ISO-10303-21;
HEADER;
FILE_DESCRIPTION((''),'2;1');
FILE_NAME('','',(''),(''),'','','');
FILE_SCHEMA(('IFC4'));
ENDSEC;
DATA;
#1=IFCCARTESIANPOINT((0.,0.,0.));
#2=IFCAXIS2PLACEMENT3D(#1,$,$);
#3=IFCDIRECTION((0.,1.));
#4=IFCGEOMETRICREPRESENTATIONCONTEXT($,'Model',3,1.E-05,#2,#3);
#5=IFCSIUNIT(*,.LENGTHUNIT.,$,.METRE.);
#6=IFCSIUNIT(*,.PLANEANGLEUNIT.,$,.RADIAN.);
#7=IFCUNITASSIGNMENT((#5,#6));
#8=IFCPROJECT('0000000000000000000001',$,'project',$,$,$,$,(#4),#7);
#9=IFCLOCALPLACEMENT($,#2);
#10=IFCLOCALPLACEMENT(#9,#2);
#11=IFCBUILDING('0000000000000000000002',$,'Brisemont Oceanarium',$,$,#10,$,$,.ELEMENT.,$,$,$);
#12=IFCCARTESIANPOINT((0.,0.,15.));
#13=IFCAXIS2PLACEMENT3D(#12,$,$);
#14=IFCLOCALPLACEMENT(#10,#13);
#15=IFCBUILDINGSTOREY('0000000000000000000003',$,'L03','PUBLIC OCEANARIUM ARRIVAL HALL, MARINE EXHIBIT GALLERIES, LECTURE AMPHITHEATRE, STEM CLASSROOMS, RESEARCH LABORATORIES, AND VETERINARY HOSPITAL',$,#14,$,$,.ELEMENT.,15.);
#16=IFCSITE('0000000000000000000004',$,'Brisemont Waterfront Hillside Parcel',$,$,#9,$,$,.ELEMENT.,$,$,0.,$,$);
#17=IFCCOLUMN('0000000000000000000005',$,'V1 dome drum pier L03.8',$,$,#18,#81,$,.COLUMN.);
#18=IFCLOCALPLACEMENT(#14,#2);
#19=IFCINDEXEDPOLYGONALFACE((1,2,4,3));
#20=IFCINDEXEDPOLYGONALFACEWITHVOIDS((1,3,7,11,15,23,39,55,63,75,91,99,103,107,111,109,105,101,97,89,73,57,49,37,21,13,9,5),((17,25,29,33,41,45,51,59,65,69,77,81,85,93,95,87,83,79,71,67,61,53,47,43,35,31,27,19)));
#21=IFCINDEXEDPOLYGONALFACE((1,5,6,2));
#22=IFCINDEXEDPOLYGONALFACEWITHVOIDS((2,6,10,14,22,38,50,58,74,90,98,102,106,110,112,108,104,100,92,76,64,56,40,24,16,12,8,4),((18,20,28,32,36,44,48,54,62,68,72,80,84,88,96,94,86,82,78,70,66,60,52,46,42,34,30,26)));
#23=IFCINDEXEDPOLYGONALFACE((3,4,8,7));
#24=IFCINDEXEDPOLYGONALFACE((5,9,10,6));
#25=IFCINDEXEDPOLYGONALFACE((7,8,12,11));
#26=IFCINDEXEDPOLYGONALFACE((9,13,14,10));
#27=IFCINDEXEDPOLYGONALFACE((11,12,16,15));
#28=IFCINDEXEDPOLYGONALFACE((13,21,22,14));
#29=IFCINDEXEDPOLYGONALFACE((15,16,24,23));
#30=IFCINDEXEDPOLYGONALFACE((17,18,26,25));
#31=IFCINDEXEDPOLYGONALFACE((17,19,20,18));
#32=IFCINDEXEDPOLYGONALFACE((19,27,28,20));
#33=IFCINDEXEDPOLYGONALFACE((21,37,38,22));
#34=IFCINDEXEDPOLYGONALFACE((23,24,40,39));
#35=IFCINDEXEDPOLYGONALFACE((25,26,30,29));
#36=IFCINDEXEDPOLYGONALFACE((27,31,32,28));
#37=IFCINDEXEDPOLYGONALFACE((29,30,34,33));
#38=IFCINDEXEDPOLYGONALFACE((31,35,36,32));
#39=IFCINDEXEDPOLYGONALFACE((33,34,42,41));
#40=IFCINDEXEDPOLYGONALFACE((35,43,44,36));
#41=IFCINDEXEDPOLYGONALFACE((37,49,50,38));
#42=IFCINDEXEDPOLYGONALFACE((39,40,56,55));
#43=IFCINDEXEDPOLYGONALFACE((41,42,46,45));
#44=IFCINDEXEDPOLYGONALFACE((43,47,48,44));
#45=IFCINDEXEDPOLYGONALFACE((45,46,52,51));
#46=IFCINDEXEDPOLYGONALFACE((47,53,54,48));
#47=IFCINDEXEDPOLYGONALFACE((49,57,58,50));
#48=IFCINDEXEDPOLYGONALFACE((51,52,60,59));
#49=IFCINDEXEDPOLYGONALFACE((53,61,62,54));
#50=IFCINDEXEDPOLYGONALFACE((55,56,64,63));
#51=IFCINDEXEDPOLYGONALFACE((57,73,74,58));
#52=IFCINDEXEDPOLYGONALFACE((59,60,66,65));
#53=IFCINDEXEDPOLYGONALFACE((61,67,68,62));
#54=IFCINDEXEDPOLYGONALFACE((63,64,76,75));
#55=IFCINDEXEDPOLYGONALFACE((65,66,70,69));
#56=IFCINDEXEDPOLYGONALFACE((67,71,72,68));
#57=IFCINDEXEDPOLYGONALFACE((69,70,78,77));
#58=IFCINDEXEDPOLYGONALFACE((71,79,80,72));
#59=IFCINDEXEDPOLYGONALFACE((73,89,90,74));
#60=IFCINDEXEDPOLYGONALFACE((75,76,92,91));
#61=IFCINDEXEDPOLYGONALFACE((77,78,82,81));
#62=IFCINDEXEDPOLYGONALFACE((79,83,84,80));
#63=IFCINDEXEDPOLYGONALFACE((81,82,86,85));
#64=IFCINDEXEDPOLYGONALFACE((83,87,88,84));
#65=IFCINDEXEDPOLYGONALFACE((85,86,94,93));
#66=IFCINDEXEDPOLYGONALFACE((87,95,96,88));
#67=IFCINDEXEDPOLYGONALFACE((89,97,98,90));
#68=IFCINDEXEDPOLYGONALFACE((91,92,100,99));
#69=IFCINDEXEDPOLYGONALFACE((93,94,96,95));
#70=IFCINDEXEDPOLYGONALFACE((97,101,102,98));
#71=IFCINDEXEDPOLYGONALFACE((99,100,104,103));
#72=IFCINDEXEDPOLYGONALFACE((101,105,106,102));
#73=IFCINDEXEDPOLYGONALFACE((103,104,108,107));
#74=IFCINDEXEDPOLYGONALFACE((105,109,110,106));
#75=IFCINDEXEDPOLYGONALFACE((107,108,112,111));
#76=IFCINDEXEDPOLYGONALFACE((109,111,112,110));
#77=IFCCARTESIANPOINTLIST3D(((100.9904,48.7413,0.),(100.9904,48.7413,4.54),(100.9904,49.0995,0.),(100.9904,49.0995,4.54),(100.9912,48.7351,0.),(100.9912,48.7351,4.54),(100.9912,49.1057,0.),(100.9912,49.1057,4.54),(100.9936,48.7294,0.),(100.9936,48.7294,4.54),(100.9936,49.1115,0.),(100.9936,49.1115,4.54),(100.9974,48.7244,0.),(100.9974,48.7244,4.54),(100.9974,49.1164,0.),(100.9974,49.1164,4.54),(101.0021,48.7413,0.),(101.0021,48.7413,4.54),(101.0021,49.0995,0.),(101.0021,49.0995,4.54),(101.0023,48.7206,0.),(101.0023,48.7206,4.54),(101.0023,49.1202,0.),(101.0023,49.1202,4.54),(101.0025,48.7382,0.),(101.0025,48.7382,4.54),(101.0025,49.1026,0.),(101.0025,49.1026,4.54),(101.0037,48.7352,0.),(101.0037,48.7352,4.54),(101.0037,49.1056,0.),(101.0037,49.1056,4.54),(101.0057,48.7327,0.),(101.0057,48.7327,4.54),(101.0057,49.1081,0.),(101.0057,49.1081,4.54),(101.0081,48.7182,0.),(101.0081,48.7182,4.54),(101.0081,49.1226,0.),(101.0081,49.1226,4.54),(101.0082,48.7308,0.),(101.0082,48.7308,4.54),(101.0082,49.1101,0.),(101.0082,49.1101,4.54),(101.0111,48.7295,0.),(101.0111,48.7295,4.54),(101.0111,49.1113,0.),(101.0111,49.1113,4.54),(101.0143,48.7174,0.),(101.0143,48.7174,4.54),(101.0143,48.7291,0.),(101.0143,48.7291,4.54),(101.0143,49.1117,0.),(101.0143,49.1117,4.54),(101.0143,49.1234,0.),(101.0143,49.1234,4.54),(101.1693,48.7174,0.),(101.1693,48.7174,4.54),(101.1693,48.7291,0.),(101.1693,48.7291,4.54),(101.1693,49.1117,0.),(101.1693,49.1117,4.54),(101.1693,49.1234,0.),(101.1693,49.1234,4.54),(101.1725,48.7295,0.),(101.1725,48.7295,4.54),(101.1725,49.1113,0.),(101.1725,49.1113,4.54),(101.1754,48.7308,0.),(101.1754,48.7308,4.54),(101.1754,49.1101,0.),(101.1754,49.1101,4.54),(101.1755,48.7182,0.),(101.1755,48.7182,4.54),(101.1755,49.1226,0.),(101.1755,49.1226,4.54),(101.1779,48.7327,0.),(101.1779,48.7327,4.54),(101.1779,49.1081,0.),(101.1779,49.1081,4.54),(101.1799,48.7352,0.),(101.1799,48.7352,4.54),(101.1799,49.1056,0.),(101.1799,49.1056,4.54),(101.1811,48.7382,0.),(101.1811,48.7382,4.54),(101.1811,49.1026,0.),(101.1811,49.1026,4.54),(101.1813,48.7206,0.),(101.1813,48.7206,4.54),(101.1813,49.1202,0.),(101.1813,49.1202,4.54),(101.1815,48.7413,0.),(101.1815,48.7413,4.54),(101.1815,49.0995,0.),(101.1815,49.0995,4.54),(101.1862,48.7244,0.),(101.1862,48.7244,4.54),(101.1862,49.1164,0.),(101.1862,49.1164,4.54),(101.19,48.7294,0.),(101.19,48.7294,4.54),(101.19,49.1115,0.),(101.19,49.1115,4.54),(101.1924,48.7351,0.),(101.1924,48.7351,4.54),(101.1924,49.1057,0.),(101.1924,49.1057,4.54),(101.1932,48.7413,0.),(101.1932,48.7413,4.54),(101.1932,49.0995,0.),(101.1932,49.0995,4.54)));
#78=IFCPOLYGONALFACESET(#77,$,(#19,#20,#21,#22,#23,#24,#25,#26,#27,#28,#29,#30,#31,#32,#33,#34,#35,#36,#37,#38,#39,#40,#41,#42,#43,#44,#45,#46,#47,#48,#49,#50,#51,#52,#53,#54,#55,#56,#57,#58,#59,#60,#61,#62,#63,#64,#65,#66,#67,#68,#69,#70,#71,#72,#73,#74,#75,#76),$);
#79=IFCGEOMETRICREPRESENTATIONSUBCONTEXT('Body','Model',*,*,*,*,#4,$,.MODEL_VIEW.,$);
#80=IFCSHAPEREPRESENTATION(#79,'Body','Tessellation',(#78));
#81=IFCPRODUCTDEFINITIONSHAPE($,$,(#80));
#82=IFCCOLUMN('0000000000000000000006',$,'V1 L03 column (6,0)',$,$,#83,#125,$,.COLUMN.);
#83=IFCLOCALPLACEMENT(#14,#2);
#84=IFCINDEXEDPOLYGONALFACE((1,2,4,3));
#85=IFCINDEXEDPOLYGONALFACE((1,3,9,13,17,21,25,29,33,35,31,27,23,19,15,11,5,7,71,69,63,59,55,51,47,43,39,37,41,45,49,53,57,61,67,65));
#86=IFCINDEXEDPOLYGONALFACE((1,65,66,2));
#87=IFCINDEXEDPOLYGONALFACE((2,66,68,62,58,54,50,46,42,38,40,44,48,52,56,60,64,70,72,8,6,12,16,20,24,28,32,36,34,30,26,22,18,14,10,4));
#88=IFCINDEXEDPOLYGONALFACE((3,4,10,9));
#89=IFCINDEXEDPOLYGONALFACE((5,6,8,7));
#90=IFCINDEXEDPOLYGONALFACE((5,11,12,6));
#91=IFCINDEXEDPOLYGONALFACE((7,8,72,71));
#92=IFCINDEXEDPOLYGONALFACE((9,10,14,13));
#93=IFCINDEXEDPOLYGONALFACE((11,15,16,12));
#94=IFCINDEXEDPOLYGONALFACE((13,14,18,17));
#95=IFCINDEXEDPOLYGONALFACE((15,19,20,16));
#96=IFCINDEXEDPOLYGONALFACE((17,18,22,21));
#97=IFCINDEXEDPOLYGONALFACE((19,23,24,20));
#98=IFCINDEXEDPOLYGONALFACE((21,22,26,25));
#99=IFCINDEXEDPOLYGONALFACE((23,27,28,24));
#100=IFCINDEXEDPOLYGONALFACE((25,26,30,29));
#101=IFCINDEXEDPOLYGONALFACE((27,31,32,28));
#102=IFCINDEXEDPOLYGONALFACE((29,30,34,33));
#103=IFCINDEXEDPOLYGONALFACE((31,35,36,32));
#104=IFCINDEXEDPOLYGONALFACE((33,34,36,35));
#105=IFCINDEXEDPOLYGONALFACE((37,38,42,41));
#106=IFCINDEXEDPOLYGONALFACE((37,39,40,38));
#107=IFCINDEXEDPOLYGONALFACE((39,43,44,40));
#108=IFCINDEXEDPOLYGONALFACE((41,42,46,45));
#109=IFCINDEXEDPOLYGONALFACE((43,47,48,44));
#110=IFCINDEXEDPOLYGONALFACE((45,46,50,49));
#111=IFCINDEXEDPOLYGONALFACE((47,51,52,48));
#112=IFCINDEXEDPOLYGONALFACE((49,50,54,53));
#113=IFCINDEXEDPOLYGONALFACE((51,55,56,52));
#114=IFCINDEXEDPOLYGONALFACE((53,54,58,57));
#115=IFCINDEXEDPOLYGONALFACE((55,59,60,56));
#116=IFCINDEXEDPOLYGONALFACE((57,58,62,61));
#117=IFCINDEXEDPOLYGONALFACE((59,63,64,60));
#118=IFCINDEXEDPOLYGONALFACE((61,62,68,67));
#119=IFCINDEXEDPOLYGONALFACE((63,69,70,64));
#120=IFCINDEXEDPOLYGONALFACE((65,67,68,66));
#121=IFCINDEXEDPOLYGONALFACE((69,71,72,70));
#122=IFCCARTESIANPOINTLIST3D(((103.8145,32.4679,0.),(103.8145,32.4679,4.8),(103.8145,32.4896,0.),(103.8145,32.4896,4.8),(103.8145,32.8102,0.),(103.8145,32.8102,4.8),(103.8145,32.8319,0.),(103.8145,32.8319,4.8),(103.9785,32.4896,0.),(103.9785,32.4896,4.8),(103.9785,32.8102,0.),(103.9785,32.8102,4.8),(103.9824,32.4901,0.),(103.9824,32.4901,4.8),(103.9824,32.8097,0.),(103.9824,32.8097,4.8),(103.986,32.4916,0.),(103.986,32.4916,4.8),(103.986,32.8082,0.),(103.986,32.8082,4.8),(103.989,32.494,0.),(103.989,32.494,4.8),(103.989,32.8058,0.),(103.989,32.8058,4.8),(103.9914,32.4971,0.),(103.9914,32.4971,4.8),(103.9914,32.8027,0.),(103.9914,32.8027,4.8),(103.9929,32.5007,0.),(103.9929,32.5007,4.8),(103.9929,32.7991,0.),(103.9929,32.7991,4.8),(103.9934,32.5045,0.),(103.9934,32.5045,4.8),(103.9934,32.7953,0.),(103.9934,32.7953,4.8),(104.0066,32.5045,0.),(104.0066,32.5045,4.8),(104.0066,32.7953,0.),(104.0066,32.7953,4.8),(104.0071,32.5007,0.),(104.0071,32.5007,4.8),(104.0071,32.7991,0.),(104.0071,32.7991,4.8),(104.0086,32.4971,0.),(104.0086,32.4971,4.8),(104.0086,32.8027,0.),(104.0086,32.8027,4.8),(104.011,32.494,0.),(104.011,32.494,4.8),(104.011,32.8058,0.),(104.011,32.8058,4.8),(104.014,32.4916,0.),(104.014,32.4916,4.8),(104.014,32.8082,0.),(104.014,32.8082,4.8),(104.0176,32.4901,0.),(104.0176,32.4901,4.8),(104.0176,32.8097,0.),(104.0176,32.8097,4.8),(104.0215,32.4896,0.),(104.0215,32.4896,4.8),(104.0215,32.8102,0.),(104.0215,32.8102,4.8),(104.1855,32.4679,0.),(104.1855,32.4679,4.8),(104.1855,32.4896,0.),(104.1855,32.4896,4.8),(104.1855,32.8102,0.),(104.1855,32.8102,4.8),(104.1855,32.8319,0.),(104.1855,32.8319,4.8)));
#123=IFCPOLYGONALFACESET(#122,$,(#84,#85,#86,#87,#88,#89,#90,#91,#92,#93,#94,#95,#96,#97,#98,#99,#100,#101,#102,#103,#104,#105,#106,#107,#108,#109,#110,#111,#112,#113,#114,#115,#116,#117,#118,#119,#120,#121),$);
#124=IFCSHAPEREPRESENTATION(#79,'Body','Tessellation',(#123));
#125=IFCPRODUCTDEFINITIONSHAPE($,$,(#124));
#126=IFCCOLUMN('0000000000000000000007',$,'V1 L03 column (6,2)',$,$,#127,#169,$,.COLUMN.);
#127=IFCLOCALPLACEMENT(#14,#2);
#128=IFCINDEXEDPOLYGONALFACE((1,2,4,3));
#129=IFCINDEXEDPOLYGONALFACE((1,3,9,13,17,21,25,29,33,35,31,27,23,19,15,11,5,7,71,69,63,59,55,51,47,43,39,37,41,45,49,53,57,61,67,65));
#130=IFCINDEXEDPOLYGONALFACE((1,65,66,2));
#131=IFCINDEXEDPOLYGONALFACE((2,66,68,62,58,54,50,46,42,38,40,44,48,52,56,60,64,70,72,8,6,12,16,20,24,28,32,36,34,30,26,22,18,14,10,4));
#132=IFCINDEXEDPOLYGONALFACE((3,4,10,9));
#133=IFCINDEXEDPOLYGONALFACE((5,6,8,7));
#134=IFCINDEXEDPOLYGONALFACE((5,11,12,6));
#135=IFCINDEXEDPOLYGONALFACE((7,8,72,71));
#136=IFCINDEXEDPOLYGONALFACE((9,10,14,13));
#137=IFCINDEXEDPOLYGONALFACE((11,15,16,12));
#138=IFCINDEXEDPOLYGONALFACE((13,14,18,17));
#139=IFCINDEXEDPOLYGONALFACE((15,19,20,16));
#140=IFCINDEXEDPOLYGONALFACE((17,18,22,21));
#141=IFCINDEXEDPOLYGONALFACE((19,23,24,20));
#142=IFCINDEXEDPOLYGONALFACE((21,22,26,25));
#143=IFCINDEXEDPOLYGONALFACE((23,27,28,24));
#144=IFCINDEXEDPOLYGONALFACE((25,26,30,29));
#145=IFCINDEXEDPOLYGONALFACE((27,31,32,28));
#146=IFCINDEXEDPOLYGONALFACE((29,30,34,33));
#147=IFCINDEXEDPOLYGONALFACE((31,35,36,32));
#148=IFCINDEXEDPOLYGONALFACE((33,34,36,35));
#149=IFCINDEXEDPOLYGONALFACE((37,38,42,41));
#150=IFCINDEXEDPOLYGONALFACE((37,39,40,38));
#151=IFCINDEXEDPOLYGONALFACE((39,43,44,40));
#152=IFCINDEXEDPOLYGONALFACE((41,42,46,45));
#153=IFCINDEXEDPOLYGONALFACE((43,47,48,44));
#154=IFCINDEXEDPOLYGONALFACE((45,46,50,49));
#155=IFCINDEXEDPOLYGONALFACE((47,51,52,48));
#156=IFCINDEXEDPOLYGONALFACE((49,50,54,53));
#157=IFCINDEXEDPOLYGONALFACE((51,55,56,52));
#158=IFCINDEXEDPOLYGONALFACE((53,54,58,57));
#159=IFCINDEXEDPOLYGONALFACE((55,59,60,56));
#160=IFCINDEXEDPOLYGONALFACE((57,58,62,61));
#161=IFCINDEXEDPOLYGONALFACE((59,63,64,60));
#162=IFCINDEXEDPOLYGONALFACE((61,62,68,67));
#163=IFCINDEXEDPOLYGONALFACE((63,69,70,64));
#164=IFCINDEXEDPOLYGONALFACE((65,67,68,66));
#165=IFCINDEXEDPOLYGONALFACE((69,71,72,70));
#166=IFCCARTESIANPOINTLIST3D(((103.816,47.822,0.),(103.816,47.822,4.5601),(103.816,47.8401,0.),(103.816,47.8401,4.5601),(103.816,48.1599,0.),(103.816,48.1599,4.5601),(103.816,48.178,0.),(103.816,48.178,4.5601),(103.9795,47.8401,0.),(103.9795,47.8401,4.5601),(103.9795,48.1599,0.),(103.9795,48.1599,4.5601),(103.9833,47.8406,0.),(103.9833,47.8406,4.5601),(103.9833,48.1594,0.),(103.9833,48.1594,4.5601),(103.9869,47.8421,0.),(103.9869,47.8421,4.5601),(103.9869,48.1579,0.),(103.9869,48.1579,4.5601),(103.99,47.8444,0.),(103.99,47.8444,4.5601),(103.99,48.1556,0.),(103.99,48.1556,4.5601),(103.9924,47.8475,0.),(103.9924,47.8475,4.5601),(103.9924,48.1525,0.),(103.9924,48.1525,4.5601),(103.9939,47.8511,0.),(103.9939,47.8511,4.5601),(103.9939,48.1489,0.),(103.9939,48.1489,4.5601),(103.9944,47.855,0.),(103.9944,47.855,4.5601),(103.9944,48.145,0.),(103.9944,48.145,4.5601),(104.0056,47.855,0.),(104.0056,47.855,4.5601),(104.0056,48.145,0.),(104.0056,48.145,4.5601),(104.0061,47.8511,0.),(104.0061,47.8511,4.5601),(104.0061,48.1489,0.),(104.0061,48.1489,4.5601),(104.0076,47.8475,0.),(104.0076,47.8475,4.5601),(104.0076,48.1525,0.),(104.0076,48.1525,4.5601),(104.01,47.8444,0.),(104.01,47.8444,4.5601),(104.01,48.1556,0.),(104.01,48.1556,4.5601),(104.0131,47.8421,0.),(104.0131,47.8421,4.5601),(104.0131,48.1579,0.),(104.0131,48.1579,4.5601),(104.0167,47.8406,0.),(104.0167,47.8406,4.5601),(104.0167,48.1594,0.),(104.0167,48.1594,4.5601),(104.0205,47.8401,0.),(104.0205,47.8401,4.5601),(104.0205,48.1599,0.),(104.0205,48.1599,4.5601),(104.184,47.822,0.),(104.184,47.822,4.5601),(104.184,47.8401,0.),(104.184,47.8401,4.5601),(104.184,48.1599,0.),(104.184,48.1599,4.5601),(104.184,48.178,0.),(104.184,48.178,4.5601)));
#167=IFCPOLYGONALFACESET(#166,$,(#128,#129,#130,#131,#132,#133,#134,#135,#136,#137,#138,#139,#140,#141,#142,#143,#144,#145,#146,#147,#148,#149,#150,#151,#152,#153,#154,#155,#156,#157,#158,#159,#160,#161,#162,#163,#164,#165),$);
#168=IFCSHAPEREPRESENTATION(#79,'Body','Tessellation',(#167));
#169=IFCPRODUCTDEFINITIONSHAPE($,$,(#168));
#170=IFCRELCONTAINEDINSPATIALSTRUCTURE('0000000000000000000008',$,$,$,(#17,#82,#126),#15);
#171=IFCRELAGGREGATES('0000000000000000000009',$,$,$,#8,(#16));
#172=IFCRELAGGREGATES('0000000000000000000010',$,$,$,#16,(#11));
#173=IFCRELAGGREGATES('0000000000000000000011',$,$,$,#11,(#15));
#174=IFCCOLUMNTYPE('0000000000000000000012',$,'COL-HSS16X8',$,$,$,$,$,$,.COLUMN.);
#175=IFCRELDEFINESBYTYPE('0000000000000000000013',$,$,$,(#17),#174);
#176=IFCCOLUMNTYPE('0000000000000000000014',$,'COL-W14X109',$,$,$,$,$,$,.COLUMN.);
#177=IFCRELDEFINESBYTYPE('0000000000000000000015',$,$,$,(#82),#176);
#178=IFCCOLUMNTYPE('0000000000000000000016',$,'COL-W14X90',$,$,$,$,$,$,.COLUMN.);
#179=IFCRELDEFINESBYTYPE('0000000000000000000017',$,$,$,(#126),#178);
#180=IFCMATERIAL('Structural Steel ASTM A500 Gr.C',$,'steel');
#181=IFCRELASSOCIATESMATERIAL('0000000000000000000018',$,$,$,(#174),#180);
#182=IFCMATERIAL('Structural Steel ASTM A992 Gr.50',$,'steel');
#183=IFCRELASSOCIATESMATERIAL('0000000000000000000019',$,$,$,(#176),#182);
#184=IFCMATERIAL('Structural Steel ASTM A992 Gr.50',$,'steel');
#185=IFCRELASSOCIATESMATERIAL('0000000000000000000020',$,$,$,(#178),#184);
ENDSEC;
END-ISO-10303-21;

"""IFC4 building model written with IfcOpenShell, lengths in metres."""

from ifc_helpers import new_model, si_unit, direction, frame, origin, origin_2d, place, context, subcontext, project, spatial, hollow_rectangle, i_section, extrude, material, material_profile, profile_set, type_object, element, save


model = new_model("IFC4")

# Units and contexts
model_context = context("Model", 3, precision=1e-05, world=origin(), true_north=direction((0.0, 1.0)))
body_context = subcontext(model_context, "Body", "Model", "MODEL_VIEW")
ifc_project = project(units=[si_unit("LENGTHUNIT", "METRE"), si_unit("PLANEANGLEUNIT", "RADIAN")], contexts=[model_context])

# Site, building, storey
site_placement = place(None, origin())
site = spatial("IfcSite", under=ifc_project, at=site_placement, Name="Brisemont Waterfront Hillside Parcel", CompositionType="ELEMENT", RefElevation=0.0)
building_placement = place(site_placement, origin())
building = spatial("IfcBuilding", under=site, at=building_placement, Name="Brisemont Oceanarium", CompositionType="ELEMENT")
storey_placement = place(building_placement, frame((0.0, 0.0, 15.0)))
storey = spatial("IfcBuildingStorey", under=building, at=storey_placement, Name="L03", Description="PUBLIC OCEANARIUM ARRIVAL HALL, MARINE EXHIBIT GALLERIES, LECTURE AMPHITHEATRE, STEM CLASSROOMS, RESEARCH LABORATORIES, AND VETERINARY HOSPITAL", CompositionType="ELEMENT", Elevation=15.0)

# Columns
ifc_material_1 = material(Name="Structural Steel ASTM A500 Gr.C", Category="steel")
ifc_material_profile_1 = material_profile(ifc_material_1, hollow_rectangle(XDim=0.2029, YDim=0.406, WallThickness=0.0117, InnerFilletRadius=0.0122, OuterFilletRadius=0.0239, at=origin_2d()), Name="HSS16X8X1/2")
ifc_profile_set_1 = profile_set([ifc_material_profile_1], Name="Structural Steel ASTM A500 Gr.C")
column_type_1 = type_object("IfcColumnType", Name="COL-HSS16X8", PredefinedType="COLUMN", material=ifc_profile_set_1)
column_1_placement = place(storey_placement, frame((101.0918, 48.9204, 0.0), z_axis=(0.0, 0.0, 1.0), x_axis=(1.0, 0.0, 0.0)))
element("IfcColumn", 1, at=column_1_placement, inside=storey, type_object=column_type_1, Name="V1 dome drum pier L03.8", PredefinedType="COLUMN", context=body_context, shape_type="SweptSolid", body=[
    extrude(hollow_rectangle(XDim=0.2029, YDim=0.406, WallThickness=0.0117, InnerFilletRadius=0.0122, OuterFilletRadius=0.0239, at=origin_2d()), origin(), (0.0, 0.0, 1.0), 4.54),
])
ifc_material_2 = material(Name="Structural Steel ASTM A992 Gr.50", Category="steel")
ifc_material_profile_2 = material_profile(ifc_material_2, i_section(OverallWidth=0.3711, OverallDepth=0.364, WebThickness=0.0132, FlangeThickness=0.0217, FilletRadius=0.0149, at=origin_2d()), Name="W14X109")
ifc_profile_set_2 = profile_set([ifc_material_profile_2], Name="Structural Steel ASTM A992 Gr.50")
column_type_2 = type_object("IfcColumnType", Name="COL-W14X109", PredefinedType="COLUMN", material=ifc_profile_set_2)
column_2_placement = place(storey_placement, frame((104.0, 32.6499, 0.0), z_axis=(0.0, 0.0, 1.0), x_axis=(1.0, 0.0, 0.0)))
element("IfcColumn", 2, at=column_2_placement, inside=storey, type_object=column_type_2, Name="V1 L03 column (6,0)", PredefinedType="COLUMN", context=body_context, shape_type="SweptSolid", body=[
    extrude(i_section(OverallWidth=0.3711, OverallDepth=0.364, WebThickness=0.0132, FlangeThickness=0.0217, FilletRadius=0.0149, at=origin_2d()), origin(), (0.0, 0.0, 1.0), 4.8),
])
ifc_material_3 = material(Name="Structural Steel ASTM A992 Gr.50", Category="steel")
ifc_material_profile_3 = material_profile(ifc_material_3, i_section(OverallWidth=0.3679, OverallDepth=0.356, WebThickness=0.0112, FlangeThickness=0.0181, FilletRadius=0.0149, at=origin_2d()), Name="W14X90")
ifc_profile_set_3 = profile_set([ifc_material_profile_3], Name="Structural Steel ASTM A992 Gr.50")
column_type_3 = type_object("IfcColumnType", Name="COL-W14X90", PredefinedType="COLUMN", material=ifc_profile_set_3)
column_3_placement = place(storey_placement, frame((104.0, 48.0, 0.0), z_axis=(0.0, 0.0, 1.0), x_axis=(1.0, 0.0, 0.0)))
element("IfcColumn", 3, at=column_3_placement, inside=storey, type_object=column_type_3, Name="V1 L03 column (6,2)", PredefinedType="COLUMN", context=body_context, shape_type="SweptSolid", body=[
    extrude(i_section(OverallWidth=0.3679, OverallDepth=0.356, WebThickness=0.0112, FlangeThickness=0.0181, FilletRadius=0.0149, at=origin_2d()), origin(), (0.0, 0.0, 1.0), 4.5601),
])

save(model, "model.ifc")
